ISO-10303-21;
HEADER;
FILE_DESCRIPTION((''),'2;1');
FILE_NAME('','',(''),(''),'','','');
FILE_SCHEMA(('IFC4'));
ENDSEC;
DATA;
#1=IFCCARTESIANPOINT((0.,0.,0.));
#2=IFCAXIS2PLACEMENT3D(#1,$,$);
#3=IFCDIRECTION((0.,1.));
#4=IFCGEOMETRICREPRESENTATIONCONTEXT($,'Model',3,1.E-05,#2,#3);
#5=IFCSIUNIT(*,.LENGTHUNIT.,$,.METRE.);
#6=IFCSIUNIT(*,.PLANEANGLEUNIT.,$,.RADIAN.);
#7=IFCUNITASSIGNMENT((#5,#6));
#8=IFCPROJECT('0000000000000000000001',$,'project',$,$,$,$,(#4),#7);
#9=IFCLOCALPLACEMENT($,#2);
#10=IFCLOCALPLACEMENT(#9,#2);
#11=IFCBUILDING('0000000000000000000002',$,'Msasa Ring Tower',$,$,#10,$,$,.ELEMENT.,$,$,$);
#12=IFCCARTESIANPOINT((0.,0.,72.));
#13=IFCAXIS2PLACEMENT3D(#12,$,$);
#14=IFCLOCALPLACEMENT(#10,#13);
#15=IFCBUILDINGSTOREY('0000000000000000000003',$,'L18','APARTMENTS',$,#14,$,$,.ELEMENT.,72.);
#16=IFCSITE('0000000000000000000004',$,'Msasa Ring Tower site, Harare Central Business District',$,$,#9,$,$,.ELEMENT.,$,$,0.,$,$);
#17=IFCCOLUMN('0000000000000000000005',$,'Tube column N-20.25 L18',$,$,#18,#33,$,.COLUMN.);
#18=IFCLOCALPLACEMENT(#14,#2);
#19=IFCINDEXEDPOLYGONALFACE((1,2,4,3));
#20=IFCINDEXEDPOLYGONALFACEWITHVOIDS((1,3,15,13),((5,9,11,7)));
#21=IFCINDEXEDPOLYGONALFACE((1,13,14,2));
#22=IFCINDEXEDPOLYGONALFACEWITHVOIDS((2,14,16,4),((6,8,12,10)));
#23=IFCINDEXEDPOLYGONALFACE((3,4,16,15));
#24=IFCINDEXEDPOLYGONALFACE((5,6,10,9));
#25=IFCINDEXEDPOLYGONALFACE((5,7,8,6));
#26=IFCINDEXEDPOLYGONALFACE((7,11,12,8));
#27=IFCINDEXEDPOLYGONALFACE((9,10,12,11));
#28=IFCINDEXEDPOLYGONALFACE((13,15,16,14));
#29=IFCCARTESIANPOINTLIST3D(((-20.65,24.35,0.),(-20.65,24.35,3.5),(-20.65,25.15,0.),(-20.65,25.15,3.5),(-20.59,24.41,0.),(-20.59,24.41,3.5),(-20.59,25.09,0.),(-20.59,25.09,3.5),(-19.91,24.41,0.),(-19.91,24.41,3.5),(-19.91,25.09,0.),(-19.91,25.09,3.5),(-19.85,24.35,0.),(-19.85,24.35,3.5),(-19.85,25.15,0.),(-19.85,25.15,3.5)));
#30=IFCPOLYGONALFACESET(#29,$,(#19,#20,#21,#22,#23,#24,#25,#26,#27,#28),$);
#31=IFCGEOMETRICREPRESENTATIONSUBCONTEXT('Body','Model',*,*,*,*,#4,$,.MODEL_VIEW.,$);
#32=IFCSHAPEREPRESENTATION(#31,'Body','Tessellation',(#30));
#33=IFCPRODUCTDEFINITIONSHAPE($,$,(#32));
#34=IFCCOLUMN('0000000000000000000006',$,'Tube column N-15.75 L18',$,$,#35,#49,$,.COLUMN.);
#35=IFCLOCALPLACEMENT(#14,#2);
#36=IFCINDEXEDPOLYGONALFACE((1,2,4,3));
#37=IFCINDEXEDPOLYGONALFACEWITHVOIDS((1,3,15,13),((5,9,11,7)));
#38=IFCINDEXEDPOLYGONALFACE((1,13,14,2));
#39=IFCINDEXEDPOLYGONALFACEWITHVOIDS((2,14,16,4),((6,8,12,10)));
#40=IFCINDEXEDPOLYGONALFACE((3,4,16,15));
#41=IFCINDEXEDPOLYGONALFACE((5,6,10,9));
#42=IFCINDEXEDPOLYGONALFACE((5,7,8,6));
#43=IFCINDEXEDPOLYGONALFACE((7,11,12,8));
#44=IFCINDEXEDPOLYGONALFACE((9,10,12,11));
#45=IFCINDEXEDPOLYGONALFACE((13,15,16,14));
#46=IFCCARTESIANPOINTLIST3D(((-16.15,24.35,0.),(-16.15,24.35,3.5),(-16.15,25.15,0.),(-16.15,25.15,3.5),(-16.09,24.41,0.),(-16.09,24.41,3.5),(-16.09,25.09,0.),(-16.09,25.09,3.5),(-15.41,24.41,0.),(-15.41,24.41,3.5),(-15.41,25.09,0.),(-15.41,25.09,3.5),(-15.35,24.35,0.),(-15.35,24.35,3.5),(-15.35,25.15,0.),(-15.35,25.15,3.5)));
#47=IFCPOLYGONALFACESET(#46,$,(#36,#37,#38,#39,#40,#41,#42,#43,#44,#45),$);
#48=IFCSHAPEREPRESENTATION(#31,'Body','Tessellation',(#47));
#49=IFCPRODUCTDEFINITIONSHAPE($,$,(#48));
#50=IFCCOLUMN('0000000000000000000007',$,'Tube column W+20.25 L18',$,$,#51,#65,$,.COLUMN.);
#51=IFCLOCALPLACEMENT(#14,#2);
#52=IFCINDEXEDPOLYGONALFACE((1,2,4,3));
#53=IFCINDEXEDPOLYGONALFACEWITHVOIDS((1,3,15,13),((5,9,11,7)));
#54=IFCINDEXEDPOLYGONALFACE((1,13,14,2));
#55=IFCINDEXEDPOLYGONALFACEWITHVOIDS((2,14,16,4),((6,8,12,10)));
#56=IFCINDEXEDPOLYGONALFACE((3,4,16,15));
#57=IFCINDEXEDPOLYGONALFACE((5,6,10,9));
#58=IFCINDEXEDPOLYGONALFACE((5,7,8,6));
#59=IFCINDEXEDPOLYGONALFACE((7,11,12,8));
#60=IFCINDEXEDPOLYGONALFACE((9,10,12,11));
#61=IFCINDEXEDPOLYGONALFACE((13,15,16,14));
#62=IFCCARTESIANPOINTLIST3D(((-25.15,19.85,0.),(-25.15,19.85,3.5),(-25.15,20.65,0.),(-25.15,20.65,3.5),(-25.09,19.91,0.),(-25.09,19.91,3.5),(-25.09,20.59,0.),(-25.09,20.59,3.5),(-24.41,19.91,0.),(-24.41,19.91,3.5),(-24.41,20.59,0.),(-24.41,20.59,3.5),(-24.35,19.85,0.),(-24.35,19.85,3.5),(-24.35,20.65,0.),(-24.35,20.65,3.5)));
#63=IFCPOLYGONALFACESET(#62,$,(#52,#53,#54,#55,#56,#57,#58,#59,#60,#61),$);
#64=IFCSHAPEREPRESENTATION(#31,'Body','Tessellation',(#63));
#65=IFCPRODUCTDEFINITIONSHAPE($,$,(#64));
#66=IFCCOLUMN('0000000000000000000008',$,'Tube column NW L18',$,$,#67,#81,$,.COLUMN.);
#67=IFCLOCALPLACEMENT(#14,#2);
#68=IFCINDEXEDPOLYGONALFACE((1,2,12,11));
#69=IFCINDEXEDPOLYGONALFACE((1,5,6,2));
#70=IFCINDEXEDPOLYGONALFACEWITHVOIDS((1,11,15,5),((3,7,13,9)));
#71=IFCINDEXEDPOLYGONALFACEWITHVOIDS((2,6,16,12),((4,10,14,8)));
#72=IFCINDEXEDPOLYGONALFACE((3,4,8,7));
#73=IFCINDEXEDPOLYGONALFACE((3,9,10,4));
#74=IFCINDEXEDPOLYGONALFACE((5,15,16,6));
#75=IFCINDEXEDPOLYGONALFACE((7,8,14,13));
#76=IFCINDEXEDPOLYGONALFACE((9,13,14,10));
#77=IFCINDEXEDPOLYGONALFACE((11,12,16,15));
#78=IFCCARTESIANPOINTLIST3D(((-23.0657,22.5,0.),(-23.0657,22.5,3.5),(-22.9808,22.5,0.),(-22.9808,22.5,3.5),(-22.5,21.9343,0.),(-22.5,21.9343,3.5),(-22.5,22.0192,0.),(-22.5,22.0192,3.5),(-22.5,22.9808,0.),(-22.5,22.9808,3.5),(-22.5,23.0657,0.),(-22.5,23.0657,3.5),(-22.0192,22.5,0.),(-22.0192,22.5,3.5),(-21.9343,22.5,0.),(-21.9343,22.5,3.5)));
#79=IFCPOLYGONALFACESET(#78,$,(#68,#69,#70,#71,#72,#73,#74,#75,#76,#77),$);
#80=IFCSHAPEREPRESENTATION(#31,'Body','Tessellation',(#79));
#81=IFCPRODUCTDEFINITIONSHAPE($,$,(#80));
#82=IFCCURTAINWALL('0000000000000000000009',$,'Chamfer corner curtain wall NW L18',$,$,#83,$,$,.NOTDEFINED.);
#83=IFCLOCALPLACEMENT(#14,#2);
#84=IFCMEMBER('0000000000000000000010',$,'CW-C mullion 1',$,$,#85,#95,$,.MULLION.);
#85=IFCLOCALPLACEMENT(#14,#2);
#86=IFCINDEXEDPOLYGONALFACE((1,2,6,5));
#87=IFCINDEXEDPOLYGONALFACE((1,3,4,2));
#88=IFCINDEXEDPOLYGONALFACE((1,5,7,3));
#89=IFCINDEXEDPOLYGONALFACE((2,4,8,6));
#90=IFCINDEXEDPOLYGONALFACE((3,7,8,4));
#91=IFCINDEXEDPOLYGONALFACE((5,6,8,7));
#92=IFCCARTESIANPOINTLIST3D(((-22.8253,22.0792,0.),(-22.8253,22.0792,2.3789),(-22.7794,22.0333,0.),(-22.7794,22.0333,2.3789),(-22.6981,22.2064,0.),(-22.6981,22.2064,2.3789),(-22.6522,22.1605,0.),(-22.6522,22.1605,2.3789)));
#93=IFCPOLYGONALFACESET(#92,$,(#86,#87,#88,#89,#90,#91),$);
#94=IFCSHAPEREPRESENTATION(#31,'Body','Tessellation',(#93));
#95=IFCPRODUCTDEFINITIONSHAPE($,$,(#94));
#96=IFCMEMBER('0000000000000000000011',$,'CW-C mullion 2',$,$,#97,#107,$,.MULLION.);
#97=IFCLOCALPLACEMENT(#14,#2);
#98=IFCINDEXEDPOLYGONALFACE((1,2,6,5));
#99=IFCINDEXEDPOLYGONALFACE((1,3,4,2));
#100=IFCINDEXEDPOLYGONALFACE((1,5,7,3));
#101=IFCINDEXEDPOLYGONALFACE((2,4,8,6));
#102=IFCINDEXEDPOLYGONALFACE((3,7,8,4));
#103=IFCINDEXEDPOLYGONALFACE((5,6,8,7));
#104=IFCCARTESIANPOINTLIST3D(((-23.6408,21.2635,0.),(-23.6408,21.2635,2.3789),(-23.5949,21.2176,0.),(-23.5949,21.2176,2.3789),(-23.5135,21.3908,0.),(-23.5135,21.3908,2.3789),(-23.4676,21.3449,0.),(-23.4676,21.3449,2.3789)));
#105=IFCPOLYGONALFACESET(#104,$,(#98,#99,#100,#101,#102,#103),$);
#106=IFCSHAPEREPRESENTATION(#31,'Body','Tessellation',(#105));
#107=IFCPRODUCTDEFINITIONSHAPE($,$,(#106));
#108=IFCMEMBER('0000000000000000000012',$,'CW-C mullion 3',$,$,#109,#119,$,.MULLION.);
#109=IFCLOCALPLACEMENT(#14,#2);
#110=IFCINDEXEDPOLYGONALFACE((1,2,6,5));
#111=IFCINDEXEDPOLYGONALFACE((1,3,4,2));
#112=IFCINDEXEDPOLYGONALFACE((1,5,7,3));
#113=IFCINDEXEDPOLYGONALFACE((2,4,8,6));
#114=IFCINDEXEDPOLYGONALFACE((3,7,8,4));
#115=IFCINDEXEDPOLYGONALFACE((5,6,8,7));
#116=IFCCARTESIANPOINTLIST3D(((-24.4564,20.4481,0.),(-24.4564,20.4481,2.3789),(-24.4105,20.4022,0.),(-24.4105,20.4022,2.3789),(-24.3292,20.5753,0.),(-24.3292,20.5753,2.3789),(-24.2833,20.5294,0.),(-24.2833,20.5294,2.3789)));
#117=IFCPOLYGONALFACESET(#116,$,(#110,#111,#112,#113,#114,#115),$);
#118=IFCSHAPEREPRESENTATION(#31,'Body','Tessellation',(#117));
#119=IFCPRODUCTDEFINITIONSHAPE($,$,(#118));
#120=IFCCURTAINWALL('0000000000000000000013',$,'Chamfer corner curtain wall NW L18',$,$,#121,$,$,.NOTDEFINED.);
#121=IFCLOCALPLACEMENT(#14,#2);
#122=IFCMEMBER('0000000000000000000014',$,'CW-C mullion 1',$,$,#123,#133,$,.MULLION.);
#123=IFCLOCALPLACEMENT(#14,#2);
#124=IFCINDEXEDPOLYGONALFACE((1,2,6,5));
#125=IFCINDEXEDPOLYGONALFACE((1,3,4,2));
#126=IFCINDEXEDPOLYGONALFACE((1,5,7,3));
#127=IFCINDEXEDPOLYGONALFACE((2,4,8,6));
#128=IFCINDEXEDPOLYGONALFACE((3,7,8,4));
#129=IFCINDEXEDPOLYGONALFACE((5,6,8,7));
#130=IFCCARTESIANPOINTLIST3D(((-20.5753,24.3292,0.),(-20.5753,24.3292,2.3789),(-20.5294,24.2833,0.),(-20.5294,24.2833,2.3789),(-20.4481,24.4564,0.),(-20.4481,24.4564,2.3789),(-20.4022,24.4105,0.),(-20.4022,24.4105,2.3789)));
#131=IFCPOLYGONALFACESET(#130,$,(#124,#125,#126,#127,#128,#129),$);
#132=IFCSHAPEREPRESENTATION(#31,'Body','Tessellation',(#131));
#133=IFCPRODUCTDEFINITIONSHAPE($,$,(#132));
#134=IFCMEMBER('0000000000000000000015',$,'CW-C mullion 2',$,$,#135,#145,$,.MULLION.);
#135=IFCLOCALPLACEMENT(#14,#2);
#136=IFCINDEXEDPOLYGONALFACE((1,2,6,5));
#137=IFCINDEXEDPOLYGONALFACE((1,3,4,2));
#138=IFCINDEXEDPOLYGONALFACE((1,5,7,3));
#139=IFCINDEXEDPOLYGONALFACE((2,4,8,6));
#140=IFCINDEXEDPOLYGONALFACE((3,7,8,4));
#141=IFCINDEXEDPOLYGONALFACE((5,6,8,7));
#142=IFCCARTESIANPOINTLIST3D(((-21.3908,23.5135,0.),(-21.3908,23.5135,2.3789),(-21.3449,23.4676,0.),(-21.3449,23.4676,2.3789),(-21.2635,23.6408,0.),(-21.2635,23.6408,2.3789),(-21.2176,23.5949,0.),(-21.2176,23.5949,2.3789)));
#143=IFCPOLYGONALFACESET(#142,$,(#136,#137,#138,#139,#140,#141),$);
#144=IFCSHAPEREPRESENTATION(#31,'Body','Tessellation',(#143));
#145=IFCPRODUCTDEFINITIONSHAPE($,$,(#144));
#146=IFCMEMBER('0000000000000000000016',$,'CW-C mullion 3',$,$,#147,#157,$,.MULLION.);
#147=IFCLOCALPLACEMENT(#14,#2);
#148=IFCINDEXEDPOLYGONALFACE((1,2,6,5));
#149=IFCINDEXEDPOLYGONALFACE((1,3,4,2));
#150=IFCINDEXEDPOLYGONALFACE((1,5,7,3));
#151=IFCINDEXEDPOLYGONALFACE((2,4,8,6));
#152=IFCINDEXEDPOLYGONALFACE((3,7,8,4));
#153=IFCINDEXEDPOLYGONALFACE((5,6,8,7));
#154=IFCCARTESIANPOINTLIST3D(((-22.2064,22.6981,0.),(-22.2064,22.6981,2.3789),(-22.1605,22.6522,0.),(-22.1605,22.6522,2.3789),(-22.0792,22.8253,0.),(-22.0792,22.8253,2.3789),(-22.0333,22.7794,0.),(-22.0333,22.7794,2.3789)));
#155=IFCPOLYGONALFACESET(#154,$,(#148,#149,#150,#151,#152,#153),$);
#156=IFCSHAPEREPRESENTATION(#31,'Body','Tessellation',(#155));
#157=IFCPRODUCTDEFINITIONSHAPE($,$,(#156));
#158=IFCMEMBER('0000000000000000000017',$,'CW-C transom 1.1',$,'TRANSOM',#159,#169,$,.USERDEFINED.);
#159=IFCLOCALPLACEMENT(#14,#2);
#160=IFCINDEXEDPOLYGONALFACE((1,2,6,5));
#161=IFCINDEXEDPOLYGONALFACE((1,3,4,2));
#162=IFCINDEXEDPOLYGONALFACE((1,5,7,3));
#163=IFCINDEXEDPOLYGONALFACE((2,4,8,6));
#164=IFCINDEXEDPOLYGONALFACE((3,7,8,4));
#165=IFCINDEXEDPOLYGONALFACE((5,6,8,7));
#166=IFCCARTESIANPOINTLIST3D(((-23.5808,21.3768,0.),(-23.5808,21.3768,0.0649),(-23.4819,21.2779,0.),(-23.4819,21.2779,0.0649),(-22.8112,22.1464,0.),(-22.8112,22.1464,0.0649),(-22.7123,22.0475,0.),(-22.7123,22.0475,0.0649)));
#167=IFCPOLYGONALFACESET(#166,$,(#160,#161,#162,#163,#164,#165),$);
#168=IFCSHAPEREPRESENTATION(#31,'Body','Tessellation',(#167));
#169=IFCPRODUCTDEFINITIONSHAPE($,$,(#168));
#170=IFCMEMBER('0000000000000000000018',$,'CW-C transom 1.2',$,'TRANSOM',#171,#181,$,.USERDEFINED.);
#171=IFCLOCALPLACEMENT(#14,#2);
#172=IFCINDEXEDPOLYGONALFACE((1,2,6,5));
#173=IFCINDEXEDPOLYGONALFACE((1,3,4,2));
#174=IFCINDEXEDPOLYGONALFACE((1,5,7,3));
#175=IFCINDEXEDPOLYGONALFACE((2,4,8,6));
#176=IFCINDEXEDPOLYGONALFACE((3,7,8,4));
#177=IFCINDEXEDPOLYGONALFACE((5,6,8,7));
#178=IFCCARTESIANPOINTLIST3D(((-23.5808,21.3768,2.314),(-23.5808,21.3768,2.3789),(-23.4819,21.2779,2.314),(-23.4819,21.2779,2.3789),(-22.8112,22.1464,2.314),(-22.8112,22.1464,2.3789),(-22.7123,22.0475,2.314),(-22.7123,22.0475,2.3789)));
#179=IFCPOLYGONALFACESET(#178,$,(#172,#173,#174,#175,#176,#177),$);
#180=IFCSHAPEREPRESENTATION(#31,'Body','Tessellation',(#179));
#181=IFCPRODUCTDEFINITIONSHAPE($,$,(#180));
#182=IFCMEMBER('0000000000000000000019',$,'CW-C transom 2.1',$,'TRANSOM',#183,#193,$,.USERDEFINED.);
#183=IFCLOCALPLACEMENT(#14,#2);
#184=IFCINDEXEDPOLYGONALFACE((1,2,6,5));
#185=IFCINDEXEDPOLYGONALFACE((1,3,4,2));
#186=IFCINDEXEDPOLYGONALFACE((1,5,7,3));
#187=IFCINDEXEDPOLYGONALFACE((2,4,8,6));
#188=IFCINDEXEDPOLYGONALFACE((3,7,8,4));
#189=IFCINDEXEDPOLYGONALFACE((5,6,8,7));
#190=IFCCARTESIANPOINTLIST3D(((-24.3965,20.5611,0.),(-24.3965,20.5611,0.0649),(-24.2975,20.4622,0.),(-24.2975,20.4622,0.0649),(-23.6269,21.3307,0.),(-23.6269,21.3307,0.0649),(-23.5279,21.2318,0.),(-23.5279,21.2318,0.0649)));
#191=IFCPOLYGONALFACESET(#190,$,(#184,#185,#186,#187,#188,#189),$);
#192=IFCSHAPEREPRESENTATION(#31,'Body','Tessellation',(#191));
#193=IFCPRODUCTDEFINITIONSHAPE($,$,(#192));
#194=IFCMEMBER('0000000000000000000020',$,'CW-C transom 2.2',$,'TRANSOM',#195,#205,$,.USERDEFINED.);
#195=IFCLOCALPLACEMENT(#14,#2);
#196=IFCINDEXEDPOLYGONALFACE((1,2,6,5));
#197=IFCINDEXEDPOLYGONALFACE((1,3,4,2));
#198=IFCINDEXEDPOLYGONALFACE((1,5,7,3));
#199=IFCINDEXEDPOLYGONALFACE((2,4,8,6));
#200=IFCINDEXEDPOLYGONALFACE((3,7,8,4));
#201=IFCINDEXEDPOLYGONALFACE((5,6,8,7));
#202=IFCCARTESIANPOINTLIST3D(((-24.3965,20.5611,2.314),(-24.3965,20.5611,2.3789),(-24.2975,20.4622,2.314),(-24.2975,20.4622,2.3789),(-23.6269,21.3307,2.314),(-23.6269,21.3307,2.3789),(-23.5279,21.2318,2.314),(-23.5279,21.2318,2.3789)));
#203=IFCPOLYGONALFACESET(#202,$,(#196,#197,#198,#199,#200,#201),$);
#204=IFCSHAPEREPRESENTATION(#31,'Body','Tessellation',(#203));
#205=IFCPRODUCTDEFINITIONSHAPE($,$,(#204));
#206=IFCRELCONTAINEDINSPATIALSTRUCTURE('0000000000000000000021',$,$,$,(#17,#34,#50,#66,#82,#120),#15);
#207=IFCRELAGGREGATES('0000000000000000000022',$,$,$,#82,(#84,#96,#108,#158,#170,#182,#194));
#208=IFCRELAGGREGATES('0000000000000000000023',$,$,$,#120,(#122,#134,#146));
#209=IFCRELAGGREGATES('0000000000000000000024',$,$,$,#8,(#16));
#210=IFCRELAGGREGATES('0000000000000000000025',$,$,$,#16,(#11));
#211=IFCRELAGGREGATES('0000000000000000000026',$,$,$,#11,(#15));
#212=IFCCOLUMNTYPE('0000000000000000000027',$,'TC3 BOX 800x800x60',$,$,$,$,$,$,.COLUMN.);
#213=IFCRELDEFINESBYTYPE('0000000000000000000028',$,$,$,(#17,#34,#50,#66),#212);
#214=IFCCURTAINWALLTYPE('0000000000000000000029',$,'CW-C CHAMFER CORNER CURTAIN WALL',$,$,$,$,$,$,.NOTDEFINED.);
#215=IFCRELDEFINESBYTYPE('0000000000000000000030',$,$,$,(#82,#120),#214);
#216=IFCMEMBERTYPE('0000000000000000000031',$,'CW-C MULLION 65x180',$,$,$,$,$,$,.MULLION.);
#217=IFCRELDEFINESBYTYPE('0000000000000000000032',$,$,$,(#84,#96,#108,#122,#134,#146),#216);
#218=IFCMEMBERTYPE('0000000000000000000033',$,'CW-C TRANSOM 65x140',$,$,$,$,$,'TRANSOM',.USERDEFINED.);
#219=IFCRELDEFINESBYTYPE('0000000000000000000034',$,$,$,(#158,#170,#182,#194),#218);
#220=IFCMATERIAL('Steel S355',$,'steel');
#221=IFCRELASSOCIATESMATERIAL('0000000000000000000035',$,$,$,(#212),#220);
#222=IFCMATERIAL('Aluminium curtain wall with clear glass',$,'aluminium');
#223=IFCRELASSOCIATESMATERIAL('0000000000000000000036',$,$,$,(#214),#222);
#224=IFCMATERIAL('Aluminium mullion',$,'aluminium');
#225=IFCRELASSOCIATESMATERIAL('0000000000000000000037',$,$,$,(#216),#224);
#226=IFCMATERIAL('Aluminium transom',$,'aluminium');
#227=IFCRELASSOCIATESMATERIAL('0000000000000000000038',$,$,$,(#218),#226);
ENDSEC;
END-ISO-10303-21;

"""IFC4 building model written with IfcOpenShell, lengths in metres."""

from ifc_helpers import new_model, si_unit, direction, frame, origin, origin_2d, place, context, subcontext, project, spatial, rectangle, hollow_rectangle, extrude, material, material_profile, profile_set, type_object, element, aggregate, save


model = new_model("IFC4")

# Units and contexts
model_context = context("Model", 3, precision=1e-05, world=origin(), true_north=direction((0.0, 1.0)))
body_context = subcontext(model_context, "Body", "Model", "MODEL_VIEW")
ifc_project = project(units=[si_unit("LENGTHUNIT", "METRE"), si_unit("PLANEANGLEUNIT", "RADIAN")], contexts=[model_context])

# Site, building, storey
site_placement = place(None, origin())
site = spatial("IfcSite", under=ifc_project, at=site_placement, Name="Msasa Ring Tower site, Harare Central Business District", CompositionType="ELEMENT", RefElevation=0.0)
building_placement = place(site_placement, origin())
building = spatial("IfcBuilding", under=site, at=building_placement, Name="Msasa Ring Tower", CompositionType="ELEMENT")
storey_placement = place(building_placement, frame((0.0, 0.0, 72.0)))
storey = spatial("IfcBuildingStorey", under=building, at=storey_placement, Name="L18", Description="APARTMENTS", CompositionType="ELEMENT", Elevation=72.0)

# Columns
ifc_material_1 = material(Name="Steel S355", Category="steel")
ifc_material_profile_1 = material_profile(ifc_material_1, hollow_rectangle(XDim=0.8, YDim=0.8, WallThickness=0.0601, at=origin_2d()), Name="BOX 800x800x60")
ifc_profile_set_1 = profile_set([ifc_material_profile_1], Name="Steel S355")
column_type = type_object("IfcColumnType", Name="TC3 BOX 800x800x60", PredefinedType="COLUMN", material=ifc_profile_set_1)
for number, where, z_axis, x_axis, name in (
    (1, (-20.25, 24.75, 0.0), (0.0, 0.0, 1.0), (0.0, 1.0, 0.0), "Tube column N-20.25 L18"),
    (2, (-15.75, 24.75, 0.0), (0.0, 0.0, 1.0), (0.0, 1.0, 0.0), "Tube column N-15.75 L18"),
    (3, (-24.75, 20.25, 0.0), (0.0, 0.0, 1.0), (1.0, 0.0, 0.0), "Tube column W+20.25 L18"),
    (4, (-22.5, 22.5, 0.0), (0.0, 0.0, 1.0), (0.707107, -0.707107, 0.0), "Tube column NW L18"),
):
    element("IfcColumn", number, at=place(storey_placement, frame(where, z_axis=z_axis, x_axis=x_axis)), inside=storey, type_object=column_type, Name=name, PredefinedType="COLUMN", context=body_context, shape_type="SweptSolid", body=[
        extrude(hollow_rectangle(XDim=0.8, YDim=0.8, WallThickness=0.0601, at=origin_2d()), origin(), (0.0, 0.0, 1.0), 3.5),
    ])

# Curtain walls, members
ifc_material_2 = material(Name="Aluminium curtain wall with clear glass", Category="aluminium")
curtain_wall_type = type_object("IfcCurtainWallType", Name="CW-C CHAMFER CORNER CURTAIN WALL", PredefinedType="NOTDEFINED", material=ifc_material_2)
curtain_wall_1_placement = place(storey_placement, origin())
curtain_wall_1 = element("IfcCurtainWall", 5, at=curtain_wall_1_placement, inside=storey, type_object=curtain_wall_type, Name="Chamfer corner curtain wall NW L18", PredefinedType="NOTDEFINED")
ifc_material_3 = material(Name="Aluminium mullion", Category="aluminium")
ifc_material_profile_2 = material_profile(ifc_material_3, rectangle(XDim=0.0649, YDim=0.1799, at=origin_2d()), Name="AL 65x180")
ifc_profile_set_2 = profile_set([ifc_material_profile_2], Name="Aluminium mullion")
member_type_1 = type_object("IfcMemberType", Name="CW-C MULLION 65x180", PredefinedType="MULLION", material=ifc_profile_set_2)
member_1_placement = place(storey_placement, frame((-22.7388, 22.1199, 0.0), z_axis=(0.0, 0.0, 1.0), x_axis=(0.707107, -0.707107, 0.0)))
member_1 = element("IfcMember", 6, at=member_1_placement, type_object=member_type_1, Name="CW-C mullion 1", PredefinedType="MULLION", context=body_context, shape_type="SweptSolid", body=[
    extrude(rectangle(XDim=0.0649, YDim=0.1799, at=origin_2d()), origin(), (0.0, 0.0, 1.0), 2.3789),
])
member_2_placement = place(storey_placement, frame((-23.5542, 21.3042, 0.0), z_axis=(0.0, 0.0, 1.0), x_axis=(0.707107, -0.707107, 0.0)))
member_2 = element("IfcMember", 7, at=member_2_placement, type_object=member_type_1, Name="CW-C mullion 2", PredefinedType="MULLION", context=body_context, shape_type="SweptSolid", body=[
    extrude(rectangle(XDim=0.0649, YDim=0.1799, at=origin_2d()), origin(), (0.0, 0.0, 1.0), 2.3789),
])
member_3_placement = place(storey_placement, frame((-24.3699, 20.4888, 0.0), z_axis=(0.0, 0.0, 1.0), x_axis=(0.707107, -0.707107, 0.0)))
member_3 = element("IfcMember", 8, at=member_3_placement, type_object=member_type_1, Name="CW-C mullion 3", PredefinedType="MULLION", context=body_context, shape_type="SweptSolid", body=[
    extrude(rectangle(XDim=0.0649, YDim=0.1799, at=origin_2d()), origin(), (0.0, 0.0, 1.0), 2.3789),
])
curtain_wall_2_placement = place(storey_placement, origin())
curtain_wall_2 = element("IfcCurtainWall", 9, at=curtain_wall_2_placement, inside=storey, type_object=curtain_wall_type, Name="Chamfer corner curtain wall NW L18", PredefinedType="NOTDEFINED")
member_4_placement = place(storey_placement, frame((-20.4888, 24.3699, 0.0), z_axis=(0.0, 0.0, 1.0), x_axis=(0.707107, -0.707107, 0.0)))
member_4 = element("IfcMember", 10, at=member_4_placement, type_object=member_type_1, Name="CW-C mullion 1", PredefinedType="MULLION", context=body_context, shape_type="SweptSolid", body=[
    extrude(rectangle(XDim=0.0649, YDim=0.1799, at=origin_2d()), origin(), (0.0, 0.0, 1.0), 2.3789),
])
member_5_placement = place(storey_placement, frame((-21.3042, 23.5542, 0.0), z_axis=(0.0, 0.0, 1.0), x_axis=(0.707107, -0.707107, 0.0)))
member_5 = element("IfcMember", 11, at=member_5_placement, type_object=member_type_1, Name="CW-C mullion 2", PredefinedType="MULLION", context=body_context, shape_type="SweptSolid", body=[
    extrude(rectangle(XDim=0.0649, YDim=0.1799, at=origin_2d()), origin(), (0.0, 0.0, 1.0), 2.3789),
])
member_6_placement = place(storey_placement, frame((-22.1199, 22.7388, 0.0), z_axis=(0.0, 0.0, 1.0), x_axis=(0.707107, -0.707107, 0.0)))
member_6 = element("IfcMember", 12, at=member_6_placement, type_object=member_type_1, Name="CW-C mullion 3", PredefinedType="MULLION", context=body_context, shape_type="SweptSolid", body=[
    extrude(rectangle(XDim=0.0649, YDim=0.1799, at=origin_2d()), origin(), (0.0, 0.0, 1.0), 2.3789),
])

# Members
ifc_material_4 = material(Name="Aluminium transom", Category="aluminium")
ifc_material_profile_3 = material_profile(ifc_material_4, rectangle(XDim=0.1399, YDim=0.0649, at=origin_2d()), Name="AL 65x140")
ifc_profile_set_3 = profile_set([ifc_material_profile_3], Name="Aluminium transom")
member_type_2 = type_object("IfcMemberType", Name="CW-C TRANSOM 65x140", ElementType="TRANSOM", PredefinedType="USERDEFINED", material=ifc_profile_set_3)
member_7_placement = place(storey_placement, frame((-22.7617, 22.0969, 0.0325), z_axis=(-0.707107, -0.707107, 0.0), x_axis=(0.707107, -0.707107, 0.0)))
member_7 = element("IfcMember", 13, at=member_7_placement, type_object=member_type_2, Name="CW-C transom 1.1", ObjectType="TRANSOM", PredefinedType="USERDEFINED", context=body_context, shape_type="SweptSolid", body=[
    extrude(rectangle(XDim=0.1399, YDim=0.0649, at=origin_2d()), origin(), (0.0, 0.0, 1.0), 1.0884),
])
member_8_placement = place(storey_placement, frame((-22.7617, 22.0969, 2.3464), z_axis=(-0.707107, -0.707107, 0.0), x_axis=(0.707107, -0.707107, 0.0)))
member_8 = element("IfcMember", 14, at=member_8_placement, type_object=member_type_2, Name="CW-C transom 1.2", ObjectType="TRANSOM", PredefinedType="USERDEFINED", context=body_context, shape_type="SweptSolid", body=[
    extrude(rectangle(XDim=0.1399, YDim=0.0649, at=origin_2d()), origin(), (0.0, 0.0, 1.0), 1.0884),
])
member_9_placement = place(storey_placement, frame((-23.5774, 21.2812, 0.0325), z_axis=(-0.707107, -0.707107, 0.0), x_axis=(0.707107, -0.707107, 0.0)))
member_9 = element("IfcMember", 15, at=member_9_placement, type_object=member_type_2, Name="CW-C transom 2.1", ObjectType="TRANSOM", PredefinedType="USERDEFINED", context=body_context, shape_type="SweptSolid", body=[
    extrude(rectangle(XDim=0.1399, YDim=0.0649, at=origin_2d()), origin(), (0.0, 0.0, 1.0), 1.0884),
])
member_10_placement = place(storey_placement, frame((-23.5774, 21.2812, 2.3464), z_axis=(-0.707107, -0.707107, 0.0), x_axis=(0.707107, -0.707107, 0.0)))
member_10 = element("IfcMember", 16, at=member_10_placement, type_object=member_type_2, Name="CW-C transom 2.2", ObjectType="TRANSOM", PredefinedType="USERDEFINED", context=body_context, shape_type="SweptSolid", body=[
    extrude(rectangle(XDim=0.1399, YDim=0.0649, at=origin_2d()), origin(), (0.0, 0.0, 1.0), 1.0884),
])

aggregate(curtain_wall_1, [member_1, member_2, member_3, member_7, member_8, member_9, member_10])
aggregate(curtain_wall_2, [member_4, member_5, member_6])

save(model, "model.ifc")
